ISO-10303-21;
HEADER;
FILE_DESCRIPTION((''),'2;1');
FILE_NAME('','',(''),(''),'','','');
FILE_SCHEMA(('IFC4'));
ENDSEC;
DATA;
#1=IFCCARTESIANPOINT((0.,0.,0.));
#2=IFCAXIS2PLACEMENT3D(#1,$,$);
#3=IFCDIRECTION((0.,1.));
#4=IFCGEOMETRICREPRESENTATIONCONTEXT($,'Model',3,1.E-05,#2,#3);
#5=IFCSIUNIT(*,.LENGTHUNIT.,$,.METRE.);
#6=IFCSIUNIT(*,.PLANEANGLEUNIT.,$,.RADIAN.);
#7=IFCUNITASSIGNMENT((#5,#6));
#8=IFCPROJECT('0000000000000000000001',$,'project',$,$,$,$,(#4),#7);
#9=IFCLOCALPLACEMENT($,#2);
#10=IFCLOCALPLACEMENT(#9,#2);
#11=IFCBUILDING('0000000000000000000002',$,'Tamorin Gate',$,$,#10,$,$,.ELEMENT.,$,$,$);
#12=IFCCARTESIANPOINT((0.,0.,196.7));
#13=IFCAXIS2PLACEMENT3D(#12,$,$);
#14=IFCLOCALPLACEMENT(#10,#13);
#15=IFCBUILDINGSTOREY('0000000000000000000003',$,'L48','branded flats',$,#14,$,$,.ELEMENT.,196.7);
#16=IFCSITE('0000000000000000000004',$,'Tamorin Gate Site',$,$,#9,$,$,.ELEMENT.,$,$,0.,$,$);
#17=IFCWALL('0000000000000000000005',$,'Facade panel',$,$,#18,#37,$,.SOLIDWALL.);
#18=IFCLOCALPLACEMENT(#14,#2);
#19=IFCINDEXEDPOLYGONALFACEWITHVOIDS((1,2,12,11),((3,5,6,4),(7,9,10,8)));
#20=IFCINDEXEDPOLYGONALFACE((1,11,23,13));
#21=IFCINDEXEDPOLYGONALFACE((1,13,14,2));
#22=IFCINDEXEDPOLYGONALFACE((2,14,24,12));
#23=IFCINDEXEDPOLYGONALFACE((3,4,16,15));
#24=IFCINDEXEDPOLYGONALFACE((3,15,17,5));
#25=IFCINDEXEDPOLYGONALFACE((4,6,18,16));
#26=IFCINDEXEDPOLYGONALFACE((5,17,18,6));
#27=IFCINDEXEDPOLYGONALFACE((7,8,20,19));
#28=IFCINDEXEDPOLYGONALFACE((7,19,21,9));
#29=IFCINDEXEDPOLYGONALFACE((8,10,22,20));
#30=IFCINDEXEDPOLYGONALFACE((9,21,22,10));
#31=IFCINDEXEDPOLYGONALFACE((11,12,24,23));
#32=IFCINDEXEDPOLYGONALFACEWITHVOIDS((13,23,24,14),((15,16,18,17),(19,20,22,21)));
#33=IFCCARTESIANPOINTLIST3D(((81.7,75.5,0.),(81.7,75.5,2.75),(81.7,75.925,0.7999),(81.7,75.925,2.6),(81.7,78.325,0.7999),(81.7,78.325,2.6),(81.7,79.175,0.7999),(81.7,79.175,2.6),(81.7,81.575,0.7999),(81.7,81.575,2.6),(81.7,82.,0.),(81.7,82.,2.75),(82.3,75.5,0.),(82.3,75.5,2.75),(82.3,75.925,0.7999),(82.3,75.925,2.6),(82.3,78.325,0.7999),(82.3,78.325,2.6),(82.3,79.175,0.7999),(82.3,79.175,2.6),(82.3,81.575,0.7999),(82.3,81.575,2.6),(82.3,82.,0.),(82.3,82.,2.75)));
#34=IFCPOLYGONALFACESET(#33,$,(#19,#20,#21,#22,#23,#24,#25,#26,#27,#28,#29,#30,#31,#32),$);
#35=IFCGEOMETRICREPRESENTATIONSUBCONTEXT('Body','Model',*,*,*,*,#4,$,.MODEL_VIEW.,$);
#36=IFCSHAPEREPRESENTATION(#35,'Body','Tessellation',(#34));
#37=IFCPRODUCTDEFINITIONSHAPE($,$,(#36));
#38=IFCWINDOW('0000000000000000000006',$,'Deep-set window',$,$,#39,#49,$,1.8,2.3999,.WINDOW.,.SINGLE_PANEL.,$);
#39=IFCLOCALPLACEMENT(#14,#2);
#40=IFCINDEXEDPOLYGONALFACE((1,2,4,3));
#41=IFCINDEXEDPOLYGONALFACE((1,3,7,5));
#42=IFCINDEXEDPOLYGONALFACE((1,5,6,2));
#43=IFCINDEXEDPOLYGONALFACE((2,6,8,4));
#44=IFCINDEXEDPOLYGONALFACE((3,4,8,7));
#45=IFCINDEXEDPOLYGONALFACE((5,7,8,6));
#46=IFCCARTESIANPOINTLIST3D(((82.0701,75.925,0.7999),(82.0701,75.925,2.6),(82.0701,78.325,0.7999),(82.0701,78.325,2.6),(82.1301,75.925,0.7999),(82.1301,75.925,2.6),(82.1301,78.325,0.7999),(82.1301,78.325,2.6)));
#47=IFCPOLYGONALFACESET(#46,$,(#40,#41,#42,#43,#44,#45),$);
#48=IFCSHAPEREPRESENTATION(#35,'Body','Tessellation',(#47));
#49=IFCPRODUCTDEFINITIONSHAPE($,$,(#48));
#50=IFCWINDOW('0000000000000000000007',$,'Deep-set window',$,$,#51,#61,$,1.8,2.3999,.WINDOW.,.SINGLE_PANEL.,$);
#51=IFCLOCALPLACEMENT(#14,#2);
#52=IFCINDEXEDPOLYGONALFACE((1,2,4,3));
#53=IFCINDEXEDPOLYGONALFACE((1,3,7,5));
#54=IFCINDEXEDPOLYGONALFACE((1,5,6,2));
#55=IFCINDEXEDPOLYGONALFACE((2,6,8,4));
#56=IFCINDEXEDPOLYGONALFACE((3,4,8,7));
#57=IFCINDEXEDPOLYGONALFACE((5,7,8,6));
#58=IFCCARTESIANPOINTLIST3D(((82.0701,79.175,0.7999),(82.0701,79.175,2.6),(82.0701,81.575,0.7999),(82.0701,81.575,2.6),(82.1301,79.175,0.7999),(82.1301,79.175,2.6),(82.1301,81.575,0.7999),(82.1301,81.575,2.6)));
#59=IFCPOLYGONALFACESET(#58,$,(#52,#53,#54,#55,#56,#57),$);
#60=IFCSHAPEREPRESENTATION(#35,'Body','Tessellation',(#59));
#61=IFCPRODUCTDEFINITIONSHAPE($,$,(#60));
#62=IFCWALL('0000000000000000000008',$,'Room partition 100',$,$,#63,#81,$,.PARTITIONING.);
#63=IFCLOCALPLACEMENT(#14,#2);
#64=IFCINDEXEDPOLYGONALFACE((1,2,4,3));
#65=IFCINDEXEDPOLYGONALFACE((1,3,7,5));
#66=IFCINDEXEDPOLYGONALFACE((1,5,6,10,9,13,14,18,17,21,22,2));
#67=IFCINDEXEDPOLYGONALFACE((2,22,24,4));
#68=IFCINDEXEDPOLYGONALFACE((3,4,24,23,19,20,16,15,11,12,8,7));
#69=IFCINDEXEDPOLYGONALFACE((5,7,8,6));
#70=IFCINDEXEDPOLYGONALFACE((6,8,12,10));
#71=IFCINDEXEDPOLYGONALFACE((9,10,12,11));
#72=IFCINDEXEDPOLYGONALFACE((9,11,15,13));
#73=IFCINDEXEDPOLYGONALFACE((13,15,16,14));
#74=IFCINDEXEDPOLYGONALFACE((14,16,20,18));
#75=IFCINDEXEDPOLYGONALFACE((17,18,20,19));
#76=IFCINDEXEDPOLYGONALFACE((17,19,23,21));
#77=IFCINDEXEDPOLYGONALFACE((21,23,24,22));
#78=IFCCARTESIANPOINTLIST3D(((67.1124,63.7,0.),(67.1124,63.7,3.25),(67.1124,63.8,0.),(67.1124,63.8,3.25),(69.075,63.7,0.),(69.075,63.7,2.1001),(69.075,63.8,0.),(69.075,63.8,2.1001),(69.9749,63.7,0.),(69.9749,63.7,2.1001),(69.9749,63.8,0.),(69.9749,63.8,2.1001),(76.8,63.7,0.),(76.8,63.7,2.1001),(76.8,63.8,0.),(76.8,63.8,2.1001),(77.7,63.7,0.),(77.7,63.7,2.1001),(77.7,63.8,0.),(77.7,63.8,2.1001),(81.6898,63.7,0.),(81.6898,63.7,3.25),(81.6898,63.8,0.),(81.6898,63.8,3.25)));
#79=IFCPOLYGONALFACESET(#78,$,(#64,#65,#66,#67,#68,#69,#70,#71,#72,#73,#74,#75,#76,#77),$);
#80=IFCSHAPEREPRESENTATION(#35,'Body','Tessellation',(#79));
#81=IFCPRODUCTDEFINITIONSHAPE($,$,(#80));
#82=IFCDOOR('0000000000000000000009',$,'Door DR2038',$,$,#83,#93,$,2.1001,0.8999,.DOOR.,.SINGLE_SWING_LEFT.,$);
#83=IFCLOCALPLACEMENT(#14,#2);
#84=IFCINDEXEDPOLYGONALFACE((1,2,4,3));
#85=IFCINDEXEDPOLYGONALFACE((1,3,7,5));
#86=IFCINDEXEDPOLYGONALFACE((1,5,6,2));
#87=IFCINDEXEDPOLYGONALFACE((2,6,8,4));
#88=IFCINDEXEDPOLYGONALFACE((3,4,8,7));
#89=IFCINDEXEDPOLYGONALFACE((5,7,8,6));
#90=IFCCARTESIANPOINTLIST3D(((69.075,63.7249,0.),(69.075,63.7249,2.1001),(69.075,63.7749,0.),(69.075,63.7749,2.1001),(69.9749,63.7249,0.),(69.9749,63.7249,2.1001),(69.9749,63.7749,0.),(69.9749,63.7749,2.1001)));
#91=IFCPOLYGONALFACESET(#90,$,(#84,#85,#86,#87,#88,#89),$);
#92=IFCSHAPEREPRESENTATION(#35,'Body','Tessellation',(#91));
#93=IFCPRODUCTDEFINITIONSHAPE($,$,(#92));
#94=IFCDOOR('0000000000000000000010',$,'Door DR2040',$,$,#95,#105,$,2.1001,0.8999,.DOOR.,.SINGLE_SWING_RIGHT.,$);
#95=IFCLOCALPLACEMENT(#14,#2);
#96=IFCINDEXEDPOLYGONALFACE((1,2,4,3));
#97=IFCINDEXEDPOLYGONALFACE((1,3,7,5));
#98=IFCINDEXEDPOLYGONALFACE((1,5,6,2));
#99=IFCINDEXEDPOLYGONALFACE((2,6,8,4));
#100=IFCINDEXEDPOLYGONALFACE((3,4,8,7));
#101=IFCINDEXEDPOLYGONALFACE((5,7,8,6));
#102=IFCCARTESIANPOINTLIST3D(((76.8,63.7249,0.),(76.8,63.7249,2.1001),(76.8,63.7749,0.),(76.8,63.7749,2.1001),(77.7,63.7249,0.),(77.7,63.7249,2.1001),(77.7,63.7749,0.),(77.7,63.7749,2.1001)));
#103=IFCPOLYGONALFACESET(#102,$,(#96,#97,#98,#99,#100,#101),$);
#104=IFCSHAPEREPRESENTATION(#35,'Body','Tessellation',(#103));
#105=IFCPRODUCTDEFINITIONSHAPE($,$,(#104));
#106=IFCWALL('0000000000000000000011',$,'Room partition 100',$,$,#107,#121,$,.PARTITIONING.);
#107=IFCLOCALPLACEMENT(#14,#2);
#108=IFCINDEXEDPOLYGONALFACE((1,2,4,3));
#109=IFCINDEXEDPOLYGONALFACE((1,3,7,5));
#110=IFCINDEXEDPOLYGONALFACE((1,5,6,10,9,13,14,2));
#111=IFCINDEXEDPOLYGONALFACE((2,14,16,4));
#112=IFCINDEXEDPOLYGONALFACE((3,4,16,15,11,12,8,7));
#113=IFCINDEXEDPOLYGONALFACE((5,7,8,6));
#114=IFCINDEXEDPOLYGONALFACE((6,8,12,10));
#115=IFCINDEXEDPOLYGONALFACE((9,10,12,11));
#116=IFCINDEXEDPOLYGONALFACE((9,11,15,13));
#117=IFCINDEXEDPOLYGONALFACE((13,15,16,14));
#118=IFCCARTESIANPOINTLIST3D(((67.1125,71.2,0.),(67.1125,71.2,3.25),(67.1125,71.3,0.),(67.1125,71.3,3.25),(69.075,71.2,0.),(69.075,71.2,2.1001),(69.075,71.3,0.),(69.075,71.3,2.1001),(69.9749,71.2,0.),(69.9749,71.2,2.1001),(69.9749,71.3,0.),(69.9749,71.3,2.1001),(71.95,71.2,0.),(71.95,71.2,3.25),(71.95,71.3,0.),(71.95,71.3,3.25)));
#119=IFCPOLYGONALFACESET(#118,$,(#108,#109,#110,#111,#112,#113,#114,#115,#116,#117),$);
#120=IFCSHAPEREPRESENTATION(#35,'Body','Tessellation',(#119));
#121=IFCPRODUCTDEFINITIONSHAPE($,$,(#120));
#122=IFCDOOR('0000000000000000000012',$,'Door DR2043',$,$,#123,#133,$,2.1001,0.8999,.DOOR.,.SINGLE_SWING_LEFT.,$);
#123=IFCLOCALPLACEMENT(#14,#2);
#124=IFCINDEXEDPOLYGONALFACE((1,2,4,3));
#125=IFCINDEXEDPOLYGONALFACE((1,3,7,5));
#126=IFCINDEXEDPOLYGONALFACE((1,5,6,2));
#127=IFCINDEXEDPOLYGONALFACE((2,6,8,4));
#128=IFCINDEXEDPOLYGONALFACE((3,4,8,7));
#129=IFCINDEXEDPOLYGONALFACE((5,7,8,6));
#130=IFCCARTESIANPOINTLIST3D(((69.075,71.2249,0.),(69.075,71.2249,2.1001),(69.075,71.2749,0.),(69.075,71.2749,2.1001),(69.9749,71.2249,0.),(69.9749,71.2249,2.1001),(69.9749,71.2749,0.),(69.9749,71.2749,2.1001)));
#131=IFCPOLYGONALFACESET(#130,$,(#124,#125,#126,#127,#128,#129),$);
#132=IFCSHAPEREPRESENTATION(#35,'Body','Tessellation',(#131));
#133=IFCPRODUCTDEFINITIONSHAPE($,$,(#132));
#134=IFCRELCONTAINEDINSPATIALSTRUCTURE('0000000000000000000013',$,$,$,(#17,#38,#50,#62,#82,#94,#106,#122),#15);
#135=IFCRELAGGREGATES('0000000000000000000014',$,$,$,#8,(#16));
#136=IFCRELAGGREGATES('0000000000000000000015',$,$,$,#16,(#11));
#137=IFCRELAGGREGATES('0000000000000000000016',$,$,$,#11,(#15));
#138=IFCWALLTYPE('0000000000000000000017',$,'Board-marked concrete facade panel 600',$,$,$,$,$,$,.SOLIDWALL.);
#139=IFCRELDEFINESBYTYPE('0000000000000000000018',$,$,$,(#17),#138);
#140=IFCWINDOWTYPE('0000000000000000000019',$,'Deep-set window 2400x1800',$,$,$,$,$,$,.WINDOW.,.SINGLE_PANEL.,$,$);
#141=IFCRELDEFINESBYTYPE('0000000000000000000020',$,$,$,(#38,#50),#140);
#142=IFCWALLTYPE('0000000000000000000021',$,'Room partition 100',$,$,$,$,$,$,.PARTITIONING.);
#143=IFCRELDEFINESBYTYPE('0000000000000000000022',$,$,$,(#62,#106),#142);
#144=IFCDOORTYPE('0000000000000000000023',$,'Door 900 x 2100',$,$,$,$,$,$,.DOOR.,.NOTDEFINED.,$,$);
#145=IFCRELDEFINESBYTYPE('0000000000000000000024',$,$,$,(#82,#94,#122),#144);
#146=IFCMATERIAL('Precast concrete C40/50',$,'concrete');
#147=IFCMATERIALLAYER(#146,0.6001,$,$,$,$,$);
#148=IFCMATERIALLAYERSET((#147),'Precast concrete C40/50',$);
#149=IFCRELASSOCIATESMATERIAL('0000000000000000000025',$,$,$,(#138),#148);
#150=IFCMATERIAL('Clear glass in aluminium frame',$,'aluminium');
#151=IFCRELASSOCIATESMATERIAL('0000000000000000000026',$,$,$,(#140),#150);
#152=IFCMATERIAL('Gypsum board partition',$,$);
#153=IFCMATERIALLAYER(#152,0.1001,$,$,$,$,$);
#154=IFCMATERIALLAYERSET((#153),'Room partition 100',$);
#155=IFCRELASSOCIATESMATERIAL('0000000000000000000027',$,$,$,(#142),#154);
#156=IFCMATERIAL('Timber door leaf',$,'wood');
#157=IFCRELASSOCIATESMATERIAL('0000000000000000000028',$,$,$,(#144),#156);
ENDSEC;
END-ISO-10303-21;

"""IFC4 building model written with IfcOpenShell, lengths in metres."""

from ifc_helpers import new_model, si_unit, direction, frame, frame_2d, origin, place, context, subcontext, project, spatial, rectangle, extrude, material, layer, layer_set, type_object, element, fill, save


model = new_model("IFC4")

# Units and contexts
model_context = context("Model", 3, precision=1e-05, world=origin(), true_north=direction((0.0, 1.0)))
body_context = subcontext(model_context, "Body", "Model", "MODEL_VIEW")
ifc_project = project(units=[si_unit("LENGTHUNIT", "METRE"), si_unit("PLANEANGLEUNIT", "RADIAN")], contexts=[model_context])

# Site, building, storey
site_placement = place(None, origin())
site = spatial("IfcSite", under=ifc_project, at=site_placement, Name="Tamorin Gate Site", CompositionType="ELEMENT", RefElevation=0.0)
building_placement = place(site_placement, origin())
building = spatial("IfcBuilding", under=site, at=building_placement, Name="Tamorin Gate", CompositionType="ELEMENT")
storey_placement = place(building_placement, frame((0.0, 0.0, 196.7)))
storey = spatial("IfcBuildingStorey", under=building, at=storey_placement, Name="L48", Description="branded flats", CompositionType="ELEMENT", Elevation=196.7)

# Wall, openings, windows
ifc_material_1 = material(Name="Precast concrete C40/50", Category="concrete")
ifc_layer_1 = layer(ifc_material_1, 0.6001)
ifc_layer_set_1 = layer_set([ifc_layer_1], Name="Precast concrete C40/50")
wall_type_1 = type_object("IfcWallType", Name="Board-marked concrete facade panel 600", PredefinedType="SOLIDWALL", material=ifc_layer_set_1)
ifc_material_2 = material(Name="Clear glass in aluminium frame", Category="aluminium")
window_type = type_object("IfcWindowType", Name="Deep-set window 2400x1800", PartitioningType="SINGLE_PANEL", PredefinedType="WINDOW", material=ifc_material_2)
wall_1_placement = place(storey_placement, frame((82.0, 75.5, 0.0), z_axis=(0.0, 0.0, 1.0), x_axis=(0.0, 1.0, 0.0)))
wall_1 = element("IfcWall", 1, at=wall_1_placement, inside=storey, type_object=wall_type_1, Name="Facade panel", PredefinedType="SOLIDWALL", context=body_context, shape_type="SweptSolid", body=[
    extrude(rectangle(XDim=6.5, YDim=0.6001, at=frame_2d((3.25, 0.0))), origin(), (0.0, 0.0, 1.0), 2.75),
])
opening_1_placement = place(wall_1_placement, frame((0.425, 0.0, 0.8)))
opening_1 = element("IfcOpeningElement", 2, at=opening_1_placement, cuts=wall_1, PredefinedType="OPENING", context=body_context, shape_type="SweptSolid", body=[
    extrude(rectangle(XDim=2.3999, YDim=1.8, at=frame_2d((1.2, 0.8999))), frame((0.0, 0.3101, 0.0), z_axis=(0.0, -1.0, 0.0), x_axis=(1.0, 0.0, 0.0)), (0.0, 0.0, 1.0), 0.6201),
])
opening_2_placement = place(wall_1_placement, frame((3.675, 0.0, 0.8)))
opening_2 = element("IfcOpeningElement", 3, at=opening_2_placement, cuts=wall_1, PredefinedType="OPENING", context=body_context, shape_type="SweptSolid", body=[
    extrude(rectangle(XDim=2.3999, YDim=1.8, at=frame_2d((1.2, 0.8999))), frame((0.0, 0.3101, 0.0), z_axis=(0.0, -1.0, 0.0), x_axis=(1.0, 0.0, 0.0)), (0.0, 0.0, 1.0), 0.6201),
])
window_1_placement = place(opening_1_placement, origin())
window_1 = element("IfcWindow", 4, at=window_1_placement, inside=storey, type_object=window_type, Name="Deep-set window", OverallHeight=1.8, OverallWidth=2.3999, PartitioningType="SINGLE_PANEL", PredefinedType="WINDOW", context=body_context, shape_type="SweptSolid", body=[
    extrude(rectangle(XDim=2.3999, YDim=1.8, at=frame_2d((1.2, 0.8999))), frame((0.0, -0.0701, 0.0), z_axis=(0.0, -1.0, 0.0), x_axis=(1.0, 0.0, 0.0)), (0.0, 0.0, 1.0), 0.0601),
])
fill(opening_1, window_1)
window_2_placement = place(opening_2_placement, origin())
window_2 = element("IfcWindow", 5, at=window_2_placement, inside=storey, type_object=window_type, Name="Deep-set window", OverallHeight=1.8, OverallWidth=2.3999, PartitioningType="SINGLE_PANEL", PredefinedType="WINDOW", context=body_context, shape_type="SweptSolid", body=[
    extrude(rectangle(XDim=2.3999, YDim=1.8, at=frame_2d((1.2, 0.8999))), frame((0.0, -0.0701, 0.0), z_axis=(0.0, -1.0, 0.0), x_axis=(1.0, 0.0, 0.0)), (0.0, 0.0, 1.0), 0.0601),
])
fill(opening_2, window_2)

# Wall, openings, doors
ifc_material_3 = material(Name="Gypsum board partition")
ifc_layer_2 = layer(ifc_material_3, 0.1001)
ifc_layer_set_2 = layer_set([ifc_layer_2], Name="Room partition 100")
wall_type_2 = type_object("IfcWallType", Name="Room partition 100", PredefinedType="PARTITIONING", material=ifc_layer_set_2)
wall_2_placement = place(storey_placement, frame((67.1125, 63.75, 0.0), z_axis=(0.0, 0.0, 1.0), x_axis=(1.0, 0.0, 0.0)))
wall_2 = element("IfcWall", 6, at=wall_2_placement, inside=storey, type_object=wall_type_2, Name="Room partition 100", PredefinedType="PARTITIONING", context=body_context, shape_type="SweptSolid", body=[
    extrude(rectangle(XDim=14.5774, YDim=0.1001, at=frame_2d((7.2886, 0.0))), origin(), (0.0, 0.0, 1.0), 3.25),
])
opening_3_placement = place(wall_2_placement, frame((1.9624, 0.0, 0.0)))
opening_3 = element("IfcOpeningElement", 7, at=opening_3_placement, cuts=wall_2, PredefinedType="OPENING", context=body_context, shape_type="SweptSolid", body=[
    extrude(rectangle(XDim=0.8999, YDim=2.1001, at=frame_2d((0.45, 1.05))), frame((0.0, 0.0601, 0.0), z_axis=(0.0, -1.0, 0.0), x_axis=(1.0, 0.0, 0.0)), (0.0, 0.0, 1.0), 0.1201),
])
opening_4_placement = place(wall_2_placement, frame((9.6875, 0.0, 0.0)))
opening_4 = element("IfcOpeningElement", 8, at=opening_4_placement, cuts=wall_2, PredefinedType="OPENING", context=body_context, shape_type="SweptSolid", body=[
    extrude(rectangle(XDim=0.8999, YDim=2.1001, at=frame_2d((0.45, 1.05))), frame((0.0, 0.0601, 0.0), z_axis=(0.0, -1.0, 0.0), x_axis=(1.0, 0.0, 0.0)), (0.0, 0.0, 1.0), 0.1201),
])
ifc_material_4 = material(Name="Timber door leaf", Category="wood")
door_type = type_object("IfcDoorType", Name="Door 900 x 2100", OperationType="NOTDEFINED", PredefinedType="DOOR", material=ifc_material_4)
door_1_placement = place(opening_3_placement, origin())
door_1 = element("IfcDoor", 9, at=door_1_placement, inside=storey, type_object=door_type, Name="Door DR2038", OperationType="SINGLE_SWING_LEFT", OverallHeight=2.1001, OverallWidth=0.8999, PredefinedType="DOOR", context=body_context, shape_type="SweptSolid", body=[
    extrude(rectangle(XDim=0.8999, YDim=2.1001, at=frame_2d((0.45, 1.05))), frame((0.0, 0.0249, 0.0), z_axis=(0.0, -1.0, 0.0), x_axis=(1.0, 0.0, 0.0)), (0.0, 0.0, 1.0), 0.05),
])
fill(opening_3, door_1)
door_2_placement = place(opening_4_placement, origin())
door_2 = element("IfcDoor", 10, at=door_2_placement, inside=storey, type_object=door_type, Name="Door DR2040", OperationType="SINGLE_SWING_RIGHT", OverallHeight=2.1001, OverallWidth=0.8999, PredefinedType="DOOR", context=body_context, shape_type="SweptSolid", body=[
    extrude(rectangle(XDim=0.8999, YDim=2.1001, at=frame_2d((0.45, 1.05))), frame((0.0, 0.0249, 0.0), z_axis=(0.0, -1.0, 0.0), x_axis=(1.0, 0.0, 0.0)), (0.0, 0.0, 1.0), 0.05),
])
fill(opening_4, door_2)

# Wall, opening, door
wall_3_placement = place(storey_placement, frame((67.1125, 71.25, 0.0), z_axis=(0.0, 0.0, 1.0), x_axis=(1.0, 0.0, 0.0)))
wall_3 = element("IfcWall", 11, at=wall_3_placement, inside=storey, type_object=wall_type_2, Name="Room partition 100", PredefinedType="PARTITIONING", context=body_context, shape_type="SweptSolid", body=[
    extrude(rectangle(XDim=4.8374, YDim=0.1001, at=frame_2d((2.4187, 0.0))), origin(), (0.0, 0.0, 1.0), 3.25),
])
opening_5_placement = place(wall_3_placement, frame((1.9624, 0.0, 0.0)))
opening_5 = element("IfcOpeningElement", 12, at=opening_5_placement, cuts=wall_3, PredefinedType="OPENING", context=body_context, shape_type="SweptSolid", body=[
    extrude(rectangle(XDim=0.8999, YDim=2.1001, at=frame_2d((0.45, 1.05))), frame((0.0, 0.0601, 0.0), z_axis=(0.0, -1.0, 0.0), x_axis=(1.0, 0.0, 0.0)), (0.0, 0.0, 1.0), 0.1201),
])
door_3_placement = place(opening_5_placement, origin())
door_3 = element("IfcDoor", 13, at=door_3_placement, inside=storey, type_object=door_type, Name="Door DR2043", OperationType="SINGLE_SWING_LEFT", OverallHeight=2.1001, OverallWidth=0.8999, PredefinedType="DOOR", context=body_context, shape_type="SweptSolid", body=[
    extrude(rectangle(XDim=0.8999, YDim=2.1001, at=frame_2d((0.45, 1.05))), frame((0.0, 0.0249, 0.0), z_axis=(0.0, -1.0, 0.0), x_axis=(1.0, 0.0, 0.0)), (0.0, 0.0, 1.0), 0.05),
])
fill(opening_5, door_3)

save(model, "model.ifc")
